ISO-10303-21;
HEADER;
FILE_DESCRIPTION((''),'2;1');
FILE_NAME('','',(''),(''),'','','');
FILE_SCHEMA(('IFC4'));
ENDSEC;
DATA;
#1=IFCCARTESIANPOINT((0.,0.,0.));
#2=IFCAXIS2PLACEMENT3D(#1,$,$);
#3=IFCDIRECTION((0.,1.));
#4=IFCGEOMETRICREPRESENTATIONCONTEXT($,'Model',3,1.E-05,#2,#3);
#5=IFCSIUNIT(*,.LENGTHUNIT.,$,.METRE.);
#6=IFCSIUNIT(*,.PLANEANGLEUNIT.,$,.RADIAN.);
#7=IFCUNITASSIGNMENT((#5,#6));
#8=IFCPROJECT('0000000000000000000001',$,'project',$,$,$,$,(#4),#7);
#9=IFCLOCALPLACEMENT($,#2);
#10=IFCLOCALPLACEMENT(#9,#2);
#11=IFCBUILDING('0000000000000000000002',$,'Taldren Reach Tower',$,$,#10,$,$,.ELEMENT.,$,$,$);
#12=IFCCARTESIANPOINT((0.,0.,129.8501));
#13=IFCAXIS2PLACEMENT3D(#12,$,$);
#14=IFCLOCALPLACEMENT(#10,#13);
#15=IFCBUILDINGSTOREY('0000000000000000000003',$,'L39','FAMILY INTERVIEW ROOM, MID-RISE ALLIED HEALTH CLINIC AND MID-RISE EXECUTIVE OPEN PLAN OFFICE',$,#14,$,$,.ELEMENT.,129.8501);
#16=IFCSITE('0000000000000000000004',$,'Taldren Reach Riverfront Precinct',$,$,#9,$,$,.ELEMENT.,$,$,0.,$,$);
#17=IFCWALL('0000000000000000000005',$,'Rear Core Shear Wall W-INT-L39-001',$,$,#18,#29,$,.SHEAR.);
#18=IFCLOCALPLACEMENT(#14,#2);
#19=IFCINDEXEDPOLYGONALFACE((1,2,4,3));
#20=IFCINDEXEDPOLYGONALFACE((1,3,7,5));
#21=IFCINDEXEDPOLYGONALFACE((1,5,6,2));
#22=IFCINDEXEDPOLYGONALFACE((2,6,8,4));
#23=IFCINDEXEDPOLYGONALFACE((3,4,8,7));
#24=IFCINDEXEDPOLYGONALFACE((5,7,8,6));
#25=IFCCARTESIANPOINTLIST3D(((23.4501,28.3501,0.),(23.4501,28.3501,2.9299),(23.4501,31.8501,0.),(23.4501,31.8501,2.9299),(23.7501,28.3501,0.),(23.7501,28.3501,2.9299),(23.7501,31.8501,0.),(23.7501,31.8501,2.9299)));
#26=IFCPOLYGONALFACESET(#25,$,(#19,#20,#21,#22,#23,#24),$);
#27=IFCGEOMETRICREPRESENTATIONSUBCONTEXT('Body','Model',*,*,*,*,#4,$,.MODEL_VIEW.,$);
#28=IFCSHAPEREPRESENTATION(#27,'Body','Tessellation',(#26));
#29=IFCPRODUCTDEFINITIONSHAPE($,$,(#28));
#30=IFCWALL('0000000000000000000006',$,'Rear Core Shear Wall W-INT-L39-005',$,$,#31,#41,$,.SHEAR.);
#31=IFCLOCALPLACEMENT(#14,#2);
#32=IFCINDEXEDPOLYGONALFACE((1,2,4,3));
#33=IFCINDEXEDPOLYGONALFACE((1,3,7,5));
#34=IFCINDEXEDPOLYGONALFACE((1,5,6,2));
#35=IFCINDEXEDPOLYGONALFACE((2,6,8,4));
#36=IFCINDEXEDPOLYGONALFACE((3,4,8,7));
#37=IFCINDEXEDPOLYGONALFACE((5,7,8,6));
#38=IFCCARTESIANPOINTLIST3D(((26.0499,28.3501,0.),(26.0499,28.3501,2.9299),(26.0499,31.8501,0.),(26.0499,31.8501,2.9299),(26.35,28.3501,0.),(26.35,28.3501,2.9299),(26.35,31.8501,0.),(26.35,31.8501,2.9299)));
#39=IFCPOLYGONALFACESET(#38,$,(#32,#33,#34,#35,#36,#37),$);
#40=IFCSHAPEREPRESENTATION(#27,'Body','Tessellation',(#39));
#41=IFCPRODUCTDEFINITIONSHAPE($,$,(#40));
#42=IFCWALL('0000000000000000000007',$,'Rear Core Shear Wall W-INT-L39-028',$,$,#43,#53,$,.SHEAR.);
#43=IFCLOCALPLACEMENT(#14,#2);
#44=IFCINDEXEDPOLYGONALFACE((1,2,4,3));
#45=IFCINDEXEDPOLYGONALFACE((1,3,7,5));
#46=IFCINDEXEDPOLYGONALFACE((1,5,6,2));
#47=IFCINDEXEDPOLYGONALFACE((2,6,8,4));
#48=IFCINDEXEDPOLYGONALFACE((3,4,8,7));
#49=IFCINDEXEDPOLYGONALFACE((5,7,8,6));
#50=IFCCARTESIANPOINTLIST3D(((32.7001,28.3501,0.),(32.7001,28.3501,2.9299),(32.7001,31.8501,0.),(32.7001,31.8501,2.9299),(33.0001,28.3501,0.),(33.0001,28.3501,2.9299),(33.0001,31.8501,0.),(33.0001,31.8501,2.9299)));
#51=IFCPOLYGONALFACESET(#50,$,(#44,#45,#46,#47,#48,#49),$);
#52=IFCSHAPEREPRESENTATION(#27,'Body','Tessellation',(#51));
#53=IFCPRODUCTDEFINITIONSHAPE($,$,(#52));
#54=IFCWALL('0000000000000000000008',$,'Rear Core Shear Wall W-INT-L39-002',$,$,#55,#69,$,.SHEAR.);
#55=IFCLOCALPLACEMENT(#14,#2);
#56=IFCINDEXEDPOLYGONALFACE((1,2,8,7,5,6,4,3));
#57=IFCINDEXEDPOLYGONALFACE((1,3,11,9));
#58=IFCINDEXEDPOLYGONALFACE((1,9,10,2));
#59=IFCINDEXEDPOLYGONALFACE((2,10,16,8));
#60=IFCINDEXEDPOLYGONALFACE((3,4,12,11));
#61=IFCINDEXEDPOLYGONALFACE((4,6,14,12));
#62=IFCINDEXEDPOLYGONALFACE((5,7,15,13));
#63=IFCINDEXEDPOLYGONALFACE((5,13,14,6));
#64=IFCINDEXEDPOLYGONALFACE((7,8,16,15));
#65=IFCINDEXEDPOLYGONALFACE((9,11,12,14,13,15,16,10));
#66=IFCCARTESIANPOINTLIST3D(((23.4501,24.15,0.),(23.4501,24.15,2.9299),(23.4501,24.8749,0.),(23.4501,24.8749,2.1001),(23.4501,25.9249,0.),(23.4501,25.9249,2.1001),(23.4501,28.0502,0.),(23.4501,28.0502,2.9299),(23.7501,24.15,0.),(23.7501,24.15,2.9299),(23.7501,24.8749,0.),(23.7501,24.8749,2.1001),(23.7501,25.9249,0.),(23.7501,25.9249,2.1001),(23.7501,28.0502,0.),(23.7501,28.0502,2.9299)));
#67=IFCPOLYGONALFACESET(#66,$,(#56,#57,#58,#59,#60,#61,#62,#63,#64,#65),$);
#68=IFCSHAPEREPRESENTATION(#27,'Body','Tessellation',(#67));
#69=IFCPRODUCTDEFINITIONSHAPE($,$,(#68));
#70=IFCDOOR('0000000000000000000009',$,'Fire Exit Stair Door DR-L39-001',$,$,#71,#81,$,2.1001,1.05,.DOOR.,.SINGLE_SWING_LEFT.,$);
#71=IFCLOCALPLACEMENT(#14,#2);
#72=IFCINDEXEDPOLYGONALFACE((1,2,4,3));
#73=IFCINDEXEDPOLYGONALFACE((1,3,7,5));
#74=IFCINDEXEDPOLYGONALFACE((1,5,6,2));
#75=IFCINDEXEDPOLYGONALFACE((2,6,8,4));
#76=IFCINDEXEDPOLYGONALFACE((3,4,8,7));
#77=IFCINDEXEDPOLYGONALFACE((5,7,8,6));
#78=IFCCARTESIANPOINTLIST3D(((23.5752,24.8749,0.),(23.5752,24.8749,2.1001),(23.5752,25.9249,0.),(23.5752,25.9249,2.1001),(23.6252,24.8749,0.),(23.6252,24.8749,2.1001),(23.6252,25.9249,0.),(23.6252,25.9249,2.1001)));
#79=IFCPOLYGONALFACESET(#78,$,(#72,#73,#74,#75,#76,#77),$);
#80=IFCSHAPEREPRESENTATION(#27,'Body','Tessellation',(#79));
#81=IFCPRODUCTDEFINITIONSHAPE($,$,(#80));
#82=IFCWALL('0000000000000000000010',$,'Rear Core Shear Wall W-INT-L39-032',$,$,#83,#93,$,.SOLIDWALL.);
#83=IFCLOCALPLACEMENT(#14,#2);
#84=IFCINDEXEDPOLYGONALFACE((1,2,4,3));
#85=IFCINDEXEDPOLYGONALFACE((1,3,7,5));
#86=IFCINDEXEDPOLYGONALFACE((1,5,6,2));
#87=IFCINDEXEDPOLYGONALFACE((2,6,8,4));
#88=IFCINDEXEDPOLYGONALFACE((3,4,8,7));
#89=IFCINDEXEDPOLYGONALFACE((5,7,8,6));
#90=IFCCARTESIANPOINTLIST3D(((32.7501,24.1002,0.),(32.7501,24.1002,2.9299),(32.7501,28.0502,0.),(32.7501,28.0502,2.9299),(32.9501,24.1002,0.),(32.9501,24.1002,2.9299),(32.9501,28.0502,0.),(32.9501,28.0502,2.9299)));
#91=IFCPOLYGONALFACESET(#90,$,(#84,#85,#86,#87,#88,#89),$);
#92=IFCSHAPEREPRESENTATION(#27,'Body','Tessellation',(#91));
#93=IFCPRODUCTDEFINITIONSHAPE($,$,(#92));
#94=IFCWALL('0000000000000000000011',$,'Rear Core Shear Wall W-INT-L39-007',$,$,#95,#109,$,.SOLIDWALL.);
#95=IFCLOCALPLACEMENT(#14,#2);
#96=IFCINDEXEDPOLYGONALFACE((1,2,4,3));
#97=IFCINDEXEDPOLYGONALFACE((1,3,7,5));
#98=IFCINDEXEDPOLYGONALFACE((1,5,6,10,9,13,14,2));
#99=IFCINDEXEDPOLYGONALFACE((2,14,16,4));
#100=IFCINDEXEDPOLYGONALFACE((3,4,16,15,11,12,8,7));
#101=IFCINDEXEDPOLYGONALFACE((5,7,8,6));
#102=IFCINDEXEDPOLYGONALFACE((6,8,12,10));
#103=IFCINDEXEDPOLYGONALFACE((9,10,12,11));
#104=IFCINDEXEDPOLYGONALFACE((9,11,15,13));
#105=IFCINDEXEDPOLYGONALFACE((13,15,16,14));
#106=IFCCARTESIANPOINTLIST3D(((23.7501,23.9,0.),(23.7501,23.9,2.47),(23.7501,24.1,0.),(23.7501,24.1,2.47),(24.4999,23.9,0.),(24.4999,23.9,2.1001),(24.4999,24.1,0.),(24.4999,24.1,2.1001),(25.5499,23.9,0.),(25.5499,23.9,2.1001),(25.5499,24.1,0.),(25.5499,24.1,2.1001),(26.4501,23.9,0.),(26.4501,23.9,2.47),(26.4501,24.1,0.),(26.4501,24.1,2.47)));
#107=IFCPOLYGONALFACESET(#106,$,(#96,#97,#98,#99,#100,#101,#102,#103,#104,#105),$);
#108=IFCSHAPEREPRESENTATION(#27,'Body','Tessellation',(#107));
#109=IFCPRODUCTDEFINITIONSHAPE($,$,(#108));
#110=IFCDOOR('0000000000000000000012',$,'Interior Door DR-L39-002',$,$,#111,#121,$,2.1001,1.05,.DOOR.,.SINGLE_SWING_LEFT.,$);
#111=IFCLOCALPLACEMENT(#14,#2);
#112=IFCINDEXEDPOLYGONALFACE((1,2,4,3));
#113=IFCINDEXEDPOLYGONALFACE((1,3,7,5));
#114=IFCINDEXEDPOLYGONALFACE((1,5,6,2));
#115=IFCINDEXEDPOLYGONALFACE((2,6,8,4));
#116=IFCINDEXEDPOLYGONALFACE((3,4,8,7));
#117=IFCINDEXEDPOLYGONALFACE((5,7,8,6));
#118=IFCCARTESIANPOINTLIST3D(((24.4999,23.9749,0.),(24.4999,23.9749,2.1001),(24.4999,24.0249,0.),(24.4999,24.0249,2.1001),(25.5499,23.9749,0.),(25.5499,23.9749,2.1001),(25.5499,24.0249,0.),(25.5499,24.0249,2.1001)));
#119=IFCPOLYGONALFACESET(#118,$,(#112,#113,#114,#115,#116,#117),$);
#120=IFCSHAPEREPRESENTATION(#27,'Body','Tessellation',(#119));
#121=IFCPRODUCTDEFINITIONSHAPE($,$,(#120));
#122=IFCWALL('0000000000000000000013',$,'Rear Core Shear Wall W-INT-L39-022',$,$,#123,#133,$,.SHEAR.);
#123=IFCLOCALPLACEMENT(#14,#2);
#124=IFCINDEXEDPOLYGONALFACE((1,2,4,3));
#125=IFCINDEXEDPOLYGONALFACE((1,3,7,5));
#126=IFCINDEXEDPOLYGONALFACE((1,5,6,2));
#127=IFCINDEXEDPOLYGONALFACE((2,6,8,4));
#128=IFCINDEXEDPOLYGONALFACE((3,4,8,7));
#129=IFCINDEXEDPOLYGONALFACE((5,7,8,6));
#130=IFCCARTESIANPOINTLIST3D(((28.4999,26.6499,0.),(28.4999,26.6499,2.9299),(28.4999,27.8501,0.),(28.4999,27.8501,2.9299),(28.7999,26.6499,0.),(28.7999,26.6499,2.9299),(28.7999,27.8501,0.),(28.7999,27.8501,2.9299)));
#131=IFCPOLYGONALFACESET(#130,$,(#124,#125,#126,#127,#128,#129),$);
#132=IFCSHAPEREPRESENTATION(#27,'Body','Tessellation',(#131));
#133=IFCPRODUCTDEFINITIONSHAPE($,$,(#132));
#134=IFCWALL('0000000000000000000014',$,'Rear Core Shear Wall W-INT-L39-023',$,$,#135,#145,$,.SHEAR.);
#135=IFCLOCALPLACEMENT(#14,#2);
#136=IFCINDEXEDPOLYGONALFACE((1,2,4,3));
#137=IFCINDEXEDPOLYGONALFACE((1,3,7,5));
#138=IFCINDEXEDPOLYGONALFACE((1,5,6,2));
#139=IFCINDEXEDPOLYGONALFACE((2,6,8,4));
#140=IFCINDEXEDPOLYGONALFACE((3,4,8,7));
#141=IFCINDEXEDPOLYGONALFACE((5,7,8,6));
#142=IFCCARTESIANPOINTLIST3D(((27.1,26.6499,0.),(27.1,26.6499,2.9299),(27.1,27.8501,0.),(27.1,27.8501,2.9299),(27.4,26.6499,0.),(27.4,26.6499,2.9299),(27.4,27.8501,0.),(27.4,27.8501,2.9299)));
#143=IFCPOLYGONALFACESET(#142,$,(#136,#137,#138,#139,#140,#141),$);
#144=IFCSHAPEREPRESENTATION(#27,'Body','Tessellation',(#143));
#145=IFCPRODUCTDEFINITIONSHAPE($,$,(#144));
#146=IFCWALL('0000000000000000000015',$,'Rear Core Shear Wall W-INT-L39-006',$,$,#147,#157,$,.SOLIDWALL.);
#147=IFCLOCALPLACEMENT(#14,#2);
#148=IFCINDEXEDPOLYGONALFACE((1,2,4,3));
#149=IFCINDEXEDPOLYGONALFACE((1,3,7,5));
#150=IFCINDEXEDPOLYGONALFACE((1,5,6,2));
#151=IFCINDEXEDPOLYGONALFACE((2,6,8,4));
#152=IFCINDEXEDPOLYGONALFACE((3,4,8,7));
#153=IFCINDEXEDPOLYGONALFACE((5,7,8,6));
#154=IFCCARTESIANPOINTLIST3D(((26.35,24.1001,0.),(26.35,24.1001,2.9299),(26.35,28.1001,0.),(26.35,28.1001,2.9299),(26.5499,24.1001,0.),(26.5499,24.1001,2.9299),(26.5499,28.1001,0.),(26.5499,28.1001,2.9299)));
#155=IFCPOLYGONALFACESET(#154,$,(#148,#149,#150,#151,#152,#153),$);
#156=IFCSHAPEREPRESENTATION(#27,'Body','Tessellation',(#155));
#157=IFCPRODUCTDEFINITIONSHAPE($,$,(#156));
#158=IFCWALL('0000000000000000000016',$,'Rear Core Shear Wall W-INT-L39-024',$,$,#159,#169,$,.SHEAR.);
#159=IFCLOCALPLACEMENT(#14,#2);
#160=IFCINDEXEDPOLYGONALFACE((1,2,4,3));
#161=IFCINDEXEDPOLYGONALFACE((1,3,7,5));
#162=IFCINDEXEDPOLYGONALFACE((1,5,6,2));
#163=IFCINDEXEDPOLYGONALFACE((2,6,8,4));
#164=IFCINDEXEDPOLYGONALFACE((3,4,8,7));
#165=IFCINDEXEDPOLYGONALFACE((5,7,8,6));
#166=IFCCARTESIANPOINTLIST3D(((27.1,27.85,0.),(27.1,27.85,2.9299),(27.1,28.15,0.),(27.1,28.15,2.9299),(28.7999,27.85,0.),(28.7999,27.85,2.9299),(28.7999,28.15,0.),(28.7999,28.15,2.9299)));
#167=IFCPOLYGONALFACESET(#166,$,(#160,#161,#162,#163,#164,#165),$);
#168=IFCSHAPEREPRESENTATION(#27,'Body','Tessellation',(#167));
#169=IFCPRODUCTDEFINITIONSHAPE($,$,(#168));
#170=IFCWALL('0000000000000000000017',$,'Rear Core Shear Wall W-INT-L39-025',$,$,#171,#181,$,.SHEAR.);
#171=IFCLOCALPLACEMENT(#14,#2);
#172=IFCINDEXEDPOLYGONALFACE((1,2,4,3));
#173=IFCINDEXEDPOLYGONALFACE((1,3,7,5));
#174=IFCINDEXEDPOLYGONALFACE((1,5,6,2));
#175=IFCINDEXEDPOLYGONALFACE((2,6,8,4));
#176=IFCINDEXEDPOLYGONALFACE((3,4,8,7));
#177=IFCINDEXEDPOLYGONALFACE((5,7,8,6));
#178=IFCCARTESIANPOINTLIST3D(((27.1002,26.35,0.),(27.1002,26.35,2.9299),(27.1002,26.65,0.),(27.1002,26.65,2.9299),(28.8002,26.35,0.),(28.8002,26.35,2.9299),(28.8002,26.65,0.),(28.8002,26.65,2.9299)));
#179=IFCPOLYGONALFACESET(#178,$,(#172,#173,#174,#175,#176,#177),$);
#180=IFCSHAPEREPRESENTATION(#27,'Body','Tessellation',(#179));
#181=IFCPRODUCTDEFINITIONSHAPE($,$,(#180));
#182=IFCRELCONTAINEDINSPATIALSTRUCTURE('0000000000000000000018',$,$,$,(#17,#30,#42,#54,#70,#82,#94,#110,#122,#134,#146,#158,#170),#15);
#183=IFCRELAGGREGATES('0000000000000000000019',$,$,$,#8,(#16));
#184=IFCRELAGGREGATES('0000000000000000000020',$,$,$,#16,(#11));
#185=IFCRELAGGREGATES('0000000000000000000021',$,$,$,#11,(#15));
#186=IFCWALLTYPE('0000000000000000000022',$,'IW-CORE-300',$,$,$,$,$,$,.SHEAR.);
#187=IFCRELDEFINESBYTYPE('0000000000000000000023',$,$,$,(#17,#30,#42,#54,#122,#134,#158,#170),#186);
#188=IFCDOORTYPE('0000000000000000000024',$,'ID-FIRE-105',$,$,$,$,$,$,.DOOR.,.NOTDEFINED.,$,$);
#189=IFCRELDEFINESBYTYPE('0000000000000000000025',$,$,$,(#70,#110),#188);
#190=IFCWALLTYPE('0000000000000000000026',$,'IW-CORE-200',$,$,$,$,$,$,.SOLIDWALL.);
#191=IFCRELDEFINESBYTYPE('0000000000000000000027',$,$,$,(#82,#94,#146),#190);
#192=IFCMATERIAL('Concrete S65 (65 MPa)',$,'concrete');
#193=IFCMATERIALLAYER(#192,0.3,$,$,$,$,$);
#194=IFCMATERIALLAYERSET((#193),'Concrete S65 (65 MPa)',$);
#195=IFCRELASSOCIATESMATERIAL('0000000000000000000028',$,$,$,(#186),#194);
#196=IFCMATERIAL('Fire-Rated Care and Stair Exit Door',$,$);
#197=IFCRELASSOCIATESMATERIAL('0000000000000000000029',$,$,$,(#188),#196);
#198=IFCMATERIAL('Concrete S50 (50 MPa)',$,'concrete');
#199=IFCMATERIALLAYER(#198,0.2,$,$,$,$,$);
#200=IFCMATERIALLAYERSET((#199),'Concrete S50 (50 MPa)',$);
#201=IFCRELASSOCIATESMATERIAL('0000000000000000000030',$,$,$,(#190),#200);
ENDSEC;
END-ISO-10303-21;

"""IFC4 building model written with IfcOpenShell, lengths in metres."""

from ifc_helpers import new_model, si_unit, direction, frame, frame_2d, origin, place, context, subcontext, project, spatial, rectangle, extrude, source, transform, mapped, material, layer, layer_set, type_object, element, fill, save


model = new_model("IFC4")

# Units and contexts
model_context = context("Model", 3, precision=1e-05, world=origin(), true_north=direction((0.0, 1.0)))
body_context = subcontext(model_context, "Body", "Model", "MODEL_VIEW")
ifc_project = project(units=[si_unit("LENGTHUNIT", "METRE"), si_unit("PLANEANGLEUNIT", "RADIAN")], contexts=[model_context])

# Site, building, storey
site_placement = place(None, origin())
site = spatial("IfcSite", under=ifc_project, at=site_placement, Name="Taldren Reach Riverfront Precinct", CompositionType="ELEMENT", RefElevation=0.0)
building_placement = place(site_placement, origin())
building = spatial("IfcBuilding", under=site, at=building_placement, Name="Taldren Reach Tower", CompositionType="ELEMENT")
storey_placement = place(building_placement, frame((0.0, 0.0, 129.8501)))
storey = spatial("IfcBuildingStorey", under=building, at=storey_placement, Name="L39", Description="FAMILY INTERVIEW ROOM, MID-RISE ALLIED HEALTH CLINIC AND MID-RISE EXECUTIVE OPEN PLAN OFFICE", CompositionType="ELEMENT", Elevation=129.8501)

# Walls
ifc_material_1 = material(Name="Concrete S65 (65 MPa)", Category="concrete")
ifc_layer_1 = layer(ifc_material_1, 0.3)
ifc_layer_set_1 = layer_set([ifc_layer_1], Name="Concrete S65 (65 MPa)")
wall_type_1 = type_object("IfcWallType", Name="IW-CORE-300", PredefinedType="SHEAR", material=ifc_layer_set_1)
shared_shape_1 = source(origin(), body_context, "Body", "SweptSolid", [
    extrude(rectangle(XDim=3.5, YDim=0.3, at=frame_2d((1.75, 0.0))), origin(), (0.0, 0.0, 1.0), 2.9299),
])
for number, where, z_axis, x_axis, name in (
    (1, (23.6001, 28.3501, 0.0), (0.0, 0.0, 1.0), (0.0, 1.0, 0.0), "Rear Core Shear Wall W-INT-L39-001"),
    (2, (26.2, 28.3501, 0.0), (0.0, 0.0, 1.0), (0.0, 1.0, 0.0), "Rear Core Shear Wall W-INT-L39-005"),
    (3, (32.8501, 31.8501, 0.0), (0.0, 0.0, 1.0), (0.0, -1.0, 0.0), "Rear Core Shear Wall W-INT-L39-028"),
):
    element("IfcWall", number, at=place(storey_placement, frame(where, z_axis=z_axis, x_axis=x_axis)), inside=storey, type_object=wall_type_1, Name=name, PredefinedType="SHEAR", context=body_context, shape_type="MappedRepresentation", body=[
        mapped(shared_shape_1, transform((0.0, 0.0, 0.0), scale=1.0)),
    ])

# Wall, opening, door
shared_shape_2 = source(origin(), body_context, "Body", "SweptSolid", [
    extrude(rectangle(XDim=3.9001, YDim=0.3, at=frame_2d((1.9502, 0.0))), origin(), (0.0, 0.0, 1.0), 2.9299),
])
wall_1_placement = place(storey_placement, frame((23.6001, 24.1499, 0.0), z_axis=(0.0, 0.0, 1.0), x_axis=(0.0, 1.0, 0.0)))
wall_1 = element("IfcWall", 4, at=wall_1_placement, inside=storey, type_object=wall_type_1, Name="Rear Core Shear Wall W-INT-L39-002", PredefinedType="SHEAR", context=body_context, shape_type="MappedRepresentation", body=[
    mapped(shared_shape_2, transform((0.0, 0.0, 0.0), scale=1.0)),
])
shared_shape_3 = source(origin(), body_context, "Body", "SweptSolid", [
    extrude(rectangle(XDim=1.05, YDim=2.1001, at=frame_2d((0.5249, 1.05))), frame((0.0, 0.1602, 0.0), z_axis=(0.0, -1.0, 0.0), x_axis=(1.0, 0.0, 0.0)), (0.0, 0.0, 1.0), 0.3201),
])
opening_1_placement = place(wall_1_placement, frame((0.7251, 0.0, 0.0)))
opening_1 = element("IfcOpeningElement", 5, at=opening_1_placement, cuts=wall_1, PredefinedType="OPENING", context=body_context, shape_type="MappedRepresentation", body=[
    mapped(shared_shape_3, transform((0.0, 0.0, 0.0), scale=1.0)),
])
ifc_material_2 = material(Name="Fire-Rated Care and Stair Exit Door")
door_type_1 = type_object("IfcDoorType", Name="ID-FIRE-105", OperationType="NOTDEFINED", PredefinedType="DOOR", material=ifc_material_2)
shared_shape_4 = source(origin(), body_context, "Body", "SweptSolid", [
    extrude(rectangle(XDim=1.05, YDim=2.1001, at=frame_2d((0.5249, 1.05))), frame((0.0, 0.0249, 0.0), z_axis=(0.0, -1.0, 0.0), x_axis=(1.0, 0.0, 0.0)), (0.0, 0.0, 1.0), 0.05),
])
door_1_placement = place(opening_1_placement, origin())
door_1 = element("IfcDoor", 6, at=door_1_placement, inside=storey, type_object=door_type_1, Name="Fire Exit Stair Door DR-L39-001", OperationType="SINGLE_SWING_LEFT", OverallHeight=2.1001, OverallWidth=1.05, PredefinedType="DOOR", context=body_context, shape_type="MappedRepresentation", body=[
    mapped(shared_shape_4, transform((0.0, 0.0, 0.0), scale=1.0)),
])
fill(opening_1, door_1)

# Wall
ifc_material_3 = material(Name="Concrete S50 (50 MPa)", Category="concrete")
ifc_layer_2 = layer(ifc_material_3, 0.2)
ifc_layer_set_2 = layer_set([ifc_layer_2], Name="Concrete S50 (50 MPa)")
wall_type_2 = type_object("IfcWallType", Name="IW-CORE-200", PredefinedType="SOLIDWALL", material=ifc_layer_set_2)
shared_shape_5 = source(origin(), body_context, "Body", "SweptSolid", [
    extrude(rectangle(XDim=3.95, YDim=0.2, at=frame_2d((1.9751, 0.0))), origin(), (0.0, 0.0, 1.0), 2.9299),
])
wall_2_placement = place(storey_placement, frame((32.8501, 24.1001, 0.0), z_axis=(0.0, 0.0, 1.0), x_axis=(0.0, 1.0, 0.0)))
element("IfcWall", 7, at=wall_2_placement, inside=storey, type_object=wall_type_2, Name="Rear Core Shear Wall W-INT-L39-032", PredefinedType="SOLIDWALL", context=body_context, shape_type="MappedRepresentation", body=[
    mapped(shared_shape_5, transform((0.0, 0.0, 0.0), scale=1.0)),
])

# Wall, opening, door
shared_shape_6 = source(origin(), body_context, "Body", "SweptSolid", [
    extrude(rectangle(XDim=2.7, YDim=0.2, at=frame_2d((1.3501, 0.0))), origin(), (0.0, 0.0, 1.0), 2.47),
])
wall_3_placement = place(storey_placement, frame((23.75, 24.0, 0.0), z_axis=(0.0, 0.0, 1.0), x_axis=(1.0, 0.0, 0.0)))
wall_3 = element("IfcWall", 8, at=wall_3_placement, inside=storey, type_object=wall_type_2, Name="Rear Core Shear Wall W-INT-L39-007", PredefinedType="SOLIDWALL", context=body_context, shape_type="MappedRepresentation", body=[
    mapped(shared_shape_6, transform((0.0, 0.0, 0.0), scale=1.0)),
])
shared_shape_7 = source(origin(), body_context, "Body", "SweptSolid", [
    extrude(rectangle(XDim=1.05, YDim=2.1001, at=frame_2d((0.5249, 1.05))), frame((0.0, 0.1099, 0.0), z_axis=(0.0, -1.0, 0.0), x_axis=(1.0, 0.0, 0.0)), (0.0, 0.0, 1.0), 0.22),
])
opening_2_placement = place(wall_3_placement, frame((0.75, 0.0, 0.0)))
opening_2 = element("IfcOpeningElement", 9, at=opening_2_placement, cuts=wall_3, PredefinedType="OPENING", context=body_context, shape_type="MappedRepresentation", body=[
    mapped(shared_shape_7, transform((0.0, 0.0, 0.0), scale=1.0)),
])
door_2_placement = place(opening_2_placement, origin())
door_2 = element("IfcDoor", 10, at=door_2_placement, inside=storey, type_object=door_type_1, Name="Interior Door DR-L39-002", OperationType="SINGLE_SWING_LEFT", OverallHeight=2.1001, OverallWidth=1.05, PredefinedType="DOOR", context=body_context, shape_type="MappedRepresentation", body=[
    mapped(shared_shape_4, transform((0.0, 0.0, 0.0), scale=1.0)),
])
fill(opening_2, door_2)

# Walls
shared_shape_8 = source(origin(), body_context, "Body", "SweptSolid", [
    extrude(rectangle(XDim=1.2002, YDim=0.3, at=frame_2d((0.6001, 0.0))), origin(), (0.0, 0.0, 1.0), 2.9299),
])
for number, where, z_axis, x_axis, name in (
    (11, (28.6499, 26.6499, 0.0), (0.0, 0.0, 1.0), (0.0, 1.0, 0.0), "Rear Core Shear Wall W-INT-L39-022"),
    (12, (27.25, 27.8501, 0.0), (0.0, 0.0, 1.0), (0.0, -1.0, 0.0), "Rear Core Shear Wall W-INT-L39-023"),
):
    element("IfcWall", number, at=place(storey_placement, frame(where, z_axis=z_axis, x_axis=x_axis)), inside=storey, type_object=wall_type_1, Name=name, PredefinedType="SHEAR", context=body_context, shape_type="MappedRepresentation", body=[
        mapped(shared_shape_8, transform((0.0, 0.0, 0.0), scale=1.0)),
    ])

# Walls
shared_shape_9 = source(origin(), body_context, "Body", "SweptSolid", [
    extrude(rectangle(XDim=4.0, YDim=0.2, at=frame_2d((2.0, 0.0))), origin(), (0.0, 0.0, 1.0), 2.9299),
])
wall_4_placement = place(storey_placement, frame((26.45, 24.1001, 0.0), z_axis=(0.0, 0.0, 1.0), x_axis=(0.0, 1.0, 0.0)))
element("IfcWall", 13, at=wall_4_placement, inside=storey, type_object=wall_type_2, Name="Rear Core Shear Wall W-INT-L39-006", PredefinedType="SOLIDWALL", context=body_context, shape_type="MappedRepresentation", body=[
    mapped(shared_shape_9, transform((0.0, 0.0, 0.0), scale=1.0)),
])
shared_shape_10 = source(origin(), body_context, "Body", "SweptSolid", [
    extrude(rectangle(XDim=1.7, YDim=0.3, at=frame_2d((0.8501, 0.0))), origin(), (0.0, 0.0, 1.0), 2.9299),
])
for number, where, z_axis, x_axis, name in (
    (14, (28.8, 28.0, 0.0), (0.0, 0.0, 1.0), (-1.0, 0.0, 0.0), "Rear Core Shear Wall W-INT-L39-024"),
    (15, (27.1001, 26.5, 0.0), (0.0, 0.0, 1.0), (1.0, 0.0, 0.0), "Rear Core Shear Wall W-INT-L39-025"),
):
    element("IfcWall", number, at=place(storey_placement, frame(where, z_axis=z_axis, x_axis=x_axis)), inside=storey, type_object=wall_type_1, Name=name, PredefinedType="SHEAR", context=body_context, shape_type="MappedRepresentation", body=[
        mapped(shared_shape_10, transform((0.0, 0.0, 0.0), scale=1.0)),
    ])

save(model, "model.ifc")
